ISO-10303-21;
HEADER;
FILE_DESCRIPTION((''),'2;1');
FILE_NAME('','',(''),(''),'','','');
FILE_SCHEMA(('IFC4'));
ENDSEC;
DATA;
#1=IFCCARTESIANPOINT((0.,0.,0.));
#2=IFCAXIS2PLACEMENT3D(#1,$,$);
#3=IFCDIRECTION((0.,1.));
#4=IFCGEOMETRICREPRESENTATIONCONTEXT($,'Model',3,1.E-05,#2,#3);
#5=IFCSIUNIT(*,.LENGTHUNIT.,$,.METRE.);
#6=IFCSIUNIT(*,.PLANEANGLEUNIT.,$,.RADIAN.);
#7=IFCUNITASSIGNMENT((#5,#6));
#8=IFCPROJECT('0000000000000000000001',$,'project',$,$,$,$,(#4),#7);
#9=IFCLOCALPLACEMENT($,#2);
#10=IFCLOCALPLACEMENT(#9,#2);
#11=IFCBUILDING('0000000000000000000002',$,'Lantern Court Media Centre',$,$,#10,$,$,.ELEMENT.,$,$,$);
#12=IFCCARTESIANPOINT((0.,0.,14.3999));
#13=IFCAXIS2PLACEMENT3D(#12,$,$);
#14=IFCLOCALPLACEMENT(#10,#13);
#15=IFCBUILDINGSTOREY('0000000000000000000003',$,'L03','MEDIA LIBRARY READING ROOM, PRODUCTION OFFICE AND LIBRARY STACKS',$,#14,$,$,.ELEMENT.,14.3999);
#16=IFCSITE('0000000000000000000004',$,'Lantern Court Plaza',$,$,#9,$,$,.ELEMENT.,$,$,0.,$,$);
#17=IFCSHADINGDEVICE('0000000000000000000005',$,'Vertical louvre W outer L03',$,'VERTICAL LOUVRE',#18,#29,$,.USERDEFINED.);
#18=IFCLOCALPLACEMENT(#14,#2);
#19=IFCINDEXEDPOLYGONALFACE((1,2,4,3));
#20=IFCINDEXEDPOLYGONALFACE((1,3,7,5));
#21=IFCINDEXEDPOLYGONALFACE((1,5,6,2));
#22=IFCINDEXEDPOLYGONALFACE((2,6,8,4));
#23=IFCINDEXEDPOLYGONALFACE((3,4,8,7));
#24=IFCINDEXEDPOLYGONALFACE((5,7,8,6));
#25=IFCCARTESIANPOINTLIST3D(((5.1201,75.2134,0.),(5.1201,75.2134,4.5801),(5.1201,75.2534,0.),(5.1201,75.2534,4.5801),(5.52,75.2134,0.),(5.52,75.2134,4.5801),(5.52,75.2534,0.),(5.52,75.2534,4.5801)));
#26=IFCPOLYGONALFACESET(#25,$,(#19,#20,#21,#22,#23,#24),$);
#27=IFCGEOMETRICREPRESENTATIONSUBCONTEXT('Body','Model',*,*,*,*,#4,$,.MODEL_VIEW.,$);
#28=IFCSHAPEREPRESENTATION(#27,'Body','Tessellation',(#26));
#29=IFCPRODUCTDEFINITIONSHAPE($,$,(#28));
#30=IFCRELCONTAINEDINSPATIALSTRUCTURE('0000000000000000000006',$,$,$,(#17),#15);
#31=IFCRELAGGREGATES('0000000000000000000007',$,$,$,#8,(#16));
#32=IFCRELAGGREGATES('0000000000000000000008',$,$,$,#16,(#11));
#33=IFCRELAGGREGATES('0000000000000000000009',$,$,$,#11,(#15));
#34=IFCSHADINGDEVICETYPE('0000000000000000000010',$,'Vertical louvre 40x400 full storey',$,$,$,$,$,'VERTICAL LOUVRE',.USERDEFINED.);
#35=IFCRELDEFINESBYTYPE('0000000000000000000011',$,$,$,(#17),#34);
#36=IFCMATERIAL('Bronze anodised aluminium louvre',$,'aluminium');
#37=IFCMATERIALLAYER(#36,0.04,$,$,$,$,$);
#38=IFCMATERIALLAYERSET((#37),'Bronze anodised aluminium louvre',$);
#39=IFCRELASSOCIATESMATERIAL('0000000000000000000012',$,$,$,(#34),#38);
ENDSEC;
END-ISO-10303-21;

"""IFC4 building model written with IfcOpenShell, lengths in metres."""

from ifc_helpers import new_model, si_unit, direction, frame, origin, origin_2d, place, context, subcontext, project, spatial, rectangle, extrude, material, layer, layer_set, type_object, element, save


model = new_model("IFC4")

# Units and contexts
model_context = context("Model", 3, precision=1e-05, world=origin(), true_north=direction((0.0, 1.0)))
body_context = subcontext(model_context, "Body", "Model", "MODEL_VIEW")
ifc_project = project(units=[si_unit("LENGTHUNIT", "METRE"), si_unit("PLANEANGLEUNIT", "RADIAN")], contexts=[model_context])

# Site, building, storey
site_placement = place(None, origin())
site = spatial("IfcSite", under=ifc_project, at=site_placement, Name="Lantern Court Plaza", CompositionType="ELEMENT", RefElevation=0.0)
building_placement = place(site_placement, origin())
building = spatial("IfcBuilding", under=site, at=building_placement, Name="Lantern Court Media Centre", CompositionType="ELEMENT")
storey_placement = place(building_placement, frame((0.0, 0.0, 14.3999)))
storey = spatial("IfcBuildingStorey", under=building, at=storey_placement, Name="L03", Description="MEDIA LIBRARY READING ROOM, PRODUCTION OFFICE AND LIBRARY STACKS", CompositionType="ELEMENT", Elevation=14.3999)

# Shading device
ifc_material_1 = material(Name="Bronze anodised aluminium louvre", Category="aluminium")
ifc_layer_1 = layer(ifc_material_1, 0.04)
ifc_layer_set_1 = layer_set([ifc_layer_1], Name="Bronze anodised aluminium louvre")
shading_device_type = type_object("IfcShadingDeviceType", Name="Vertical louvre 40x400 full storey", ElementType="VERTICAL LOUVRE", PredefinedType="USERDEFINED", material=ifc_layer_set_1)
for number, where, z_axis, x_axis, name in (
    (1, (5.3201, 75.2334, 0.0), (0.0, 0.0, 1.0), (1.0, 0.0, 0.0), "Vertical louvre W outer L03"),
):
    element("IfcShadingDevice", number, at=place(storey_placement, frame(where, z_axis=z_axis, x_axis=x_axis)), inside=storey, type_object=shading_device_type, Name=name, ObjectType="VERTICAL LOUVRE", PredefinedType="USERDEFINED", context=body_context, shape_type="SweptSolid", body=[
        extrude(rectangle(XDim=0.3999, YDim=0.04, at=origin_2d()), origin(), (0.0, 0.0, 1.0), 4.5801),
    ])

save(model, "model.ifc")
